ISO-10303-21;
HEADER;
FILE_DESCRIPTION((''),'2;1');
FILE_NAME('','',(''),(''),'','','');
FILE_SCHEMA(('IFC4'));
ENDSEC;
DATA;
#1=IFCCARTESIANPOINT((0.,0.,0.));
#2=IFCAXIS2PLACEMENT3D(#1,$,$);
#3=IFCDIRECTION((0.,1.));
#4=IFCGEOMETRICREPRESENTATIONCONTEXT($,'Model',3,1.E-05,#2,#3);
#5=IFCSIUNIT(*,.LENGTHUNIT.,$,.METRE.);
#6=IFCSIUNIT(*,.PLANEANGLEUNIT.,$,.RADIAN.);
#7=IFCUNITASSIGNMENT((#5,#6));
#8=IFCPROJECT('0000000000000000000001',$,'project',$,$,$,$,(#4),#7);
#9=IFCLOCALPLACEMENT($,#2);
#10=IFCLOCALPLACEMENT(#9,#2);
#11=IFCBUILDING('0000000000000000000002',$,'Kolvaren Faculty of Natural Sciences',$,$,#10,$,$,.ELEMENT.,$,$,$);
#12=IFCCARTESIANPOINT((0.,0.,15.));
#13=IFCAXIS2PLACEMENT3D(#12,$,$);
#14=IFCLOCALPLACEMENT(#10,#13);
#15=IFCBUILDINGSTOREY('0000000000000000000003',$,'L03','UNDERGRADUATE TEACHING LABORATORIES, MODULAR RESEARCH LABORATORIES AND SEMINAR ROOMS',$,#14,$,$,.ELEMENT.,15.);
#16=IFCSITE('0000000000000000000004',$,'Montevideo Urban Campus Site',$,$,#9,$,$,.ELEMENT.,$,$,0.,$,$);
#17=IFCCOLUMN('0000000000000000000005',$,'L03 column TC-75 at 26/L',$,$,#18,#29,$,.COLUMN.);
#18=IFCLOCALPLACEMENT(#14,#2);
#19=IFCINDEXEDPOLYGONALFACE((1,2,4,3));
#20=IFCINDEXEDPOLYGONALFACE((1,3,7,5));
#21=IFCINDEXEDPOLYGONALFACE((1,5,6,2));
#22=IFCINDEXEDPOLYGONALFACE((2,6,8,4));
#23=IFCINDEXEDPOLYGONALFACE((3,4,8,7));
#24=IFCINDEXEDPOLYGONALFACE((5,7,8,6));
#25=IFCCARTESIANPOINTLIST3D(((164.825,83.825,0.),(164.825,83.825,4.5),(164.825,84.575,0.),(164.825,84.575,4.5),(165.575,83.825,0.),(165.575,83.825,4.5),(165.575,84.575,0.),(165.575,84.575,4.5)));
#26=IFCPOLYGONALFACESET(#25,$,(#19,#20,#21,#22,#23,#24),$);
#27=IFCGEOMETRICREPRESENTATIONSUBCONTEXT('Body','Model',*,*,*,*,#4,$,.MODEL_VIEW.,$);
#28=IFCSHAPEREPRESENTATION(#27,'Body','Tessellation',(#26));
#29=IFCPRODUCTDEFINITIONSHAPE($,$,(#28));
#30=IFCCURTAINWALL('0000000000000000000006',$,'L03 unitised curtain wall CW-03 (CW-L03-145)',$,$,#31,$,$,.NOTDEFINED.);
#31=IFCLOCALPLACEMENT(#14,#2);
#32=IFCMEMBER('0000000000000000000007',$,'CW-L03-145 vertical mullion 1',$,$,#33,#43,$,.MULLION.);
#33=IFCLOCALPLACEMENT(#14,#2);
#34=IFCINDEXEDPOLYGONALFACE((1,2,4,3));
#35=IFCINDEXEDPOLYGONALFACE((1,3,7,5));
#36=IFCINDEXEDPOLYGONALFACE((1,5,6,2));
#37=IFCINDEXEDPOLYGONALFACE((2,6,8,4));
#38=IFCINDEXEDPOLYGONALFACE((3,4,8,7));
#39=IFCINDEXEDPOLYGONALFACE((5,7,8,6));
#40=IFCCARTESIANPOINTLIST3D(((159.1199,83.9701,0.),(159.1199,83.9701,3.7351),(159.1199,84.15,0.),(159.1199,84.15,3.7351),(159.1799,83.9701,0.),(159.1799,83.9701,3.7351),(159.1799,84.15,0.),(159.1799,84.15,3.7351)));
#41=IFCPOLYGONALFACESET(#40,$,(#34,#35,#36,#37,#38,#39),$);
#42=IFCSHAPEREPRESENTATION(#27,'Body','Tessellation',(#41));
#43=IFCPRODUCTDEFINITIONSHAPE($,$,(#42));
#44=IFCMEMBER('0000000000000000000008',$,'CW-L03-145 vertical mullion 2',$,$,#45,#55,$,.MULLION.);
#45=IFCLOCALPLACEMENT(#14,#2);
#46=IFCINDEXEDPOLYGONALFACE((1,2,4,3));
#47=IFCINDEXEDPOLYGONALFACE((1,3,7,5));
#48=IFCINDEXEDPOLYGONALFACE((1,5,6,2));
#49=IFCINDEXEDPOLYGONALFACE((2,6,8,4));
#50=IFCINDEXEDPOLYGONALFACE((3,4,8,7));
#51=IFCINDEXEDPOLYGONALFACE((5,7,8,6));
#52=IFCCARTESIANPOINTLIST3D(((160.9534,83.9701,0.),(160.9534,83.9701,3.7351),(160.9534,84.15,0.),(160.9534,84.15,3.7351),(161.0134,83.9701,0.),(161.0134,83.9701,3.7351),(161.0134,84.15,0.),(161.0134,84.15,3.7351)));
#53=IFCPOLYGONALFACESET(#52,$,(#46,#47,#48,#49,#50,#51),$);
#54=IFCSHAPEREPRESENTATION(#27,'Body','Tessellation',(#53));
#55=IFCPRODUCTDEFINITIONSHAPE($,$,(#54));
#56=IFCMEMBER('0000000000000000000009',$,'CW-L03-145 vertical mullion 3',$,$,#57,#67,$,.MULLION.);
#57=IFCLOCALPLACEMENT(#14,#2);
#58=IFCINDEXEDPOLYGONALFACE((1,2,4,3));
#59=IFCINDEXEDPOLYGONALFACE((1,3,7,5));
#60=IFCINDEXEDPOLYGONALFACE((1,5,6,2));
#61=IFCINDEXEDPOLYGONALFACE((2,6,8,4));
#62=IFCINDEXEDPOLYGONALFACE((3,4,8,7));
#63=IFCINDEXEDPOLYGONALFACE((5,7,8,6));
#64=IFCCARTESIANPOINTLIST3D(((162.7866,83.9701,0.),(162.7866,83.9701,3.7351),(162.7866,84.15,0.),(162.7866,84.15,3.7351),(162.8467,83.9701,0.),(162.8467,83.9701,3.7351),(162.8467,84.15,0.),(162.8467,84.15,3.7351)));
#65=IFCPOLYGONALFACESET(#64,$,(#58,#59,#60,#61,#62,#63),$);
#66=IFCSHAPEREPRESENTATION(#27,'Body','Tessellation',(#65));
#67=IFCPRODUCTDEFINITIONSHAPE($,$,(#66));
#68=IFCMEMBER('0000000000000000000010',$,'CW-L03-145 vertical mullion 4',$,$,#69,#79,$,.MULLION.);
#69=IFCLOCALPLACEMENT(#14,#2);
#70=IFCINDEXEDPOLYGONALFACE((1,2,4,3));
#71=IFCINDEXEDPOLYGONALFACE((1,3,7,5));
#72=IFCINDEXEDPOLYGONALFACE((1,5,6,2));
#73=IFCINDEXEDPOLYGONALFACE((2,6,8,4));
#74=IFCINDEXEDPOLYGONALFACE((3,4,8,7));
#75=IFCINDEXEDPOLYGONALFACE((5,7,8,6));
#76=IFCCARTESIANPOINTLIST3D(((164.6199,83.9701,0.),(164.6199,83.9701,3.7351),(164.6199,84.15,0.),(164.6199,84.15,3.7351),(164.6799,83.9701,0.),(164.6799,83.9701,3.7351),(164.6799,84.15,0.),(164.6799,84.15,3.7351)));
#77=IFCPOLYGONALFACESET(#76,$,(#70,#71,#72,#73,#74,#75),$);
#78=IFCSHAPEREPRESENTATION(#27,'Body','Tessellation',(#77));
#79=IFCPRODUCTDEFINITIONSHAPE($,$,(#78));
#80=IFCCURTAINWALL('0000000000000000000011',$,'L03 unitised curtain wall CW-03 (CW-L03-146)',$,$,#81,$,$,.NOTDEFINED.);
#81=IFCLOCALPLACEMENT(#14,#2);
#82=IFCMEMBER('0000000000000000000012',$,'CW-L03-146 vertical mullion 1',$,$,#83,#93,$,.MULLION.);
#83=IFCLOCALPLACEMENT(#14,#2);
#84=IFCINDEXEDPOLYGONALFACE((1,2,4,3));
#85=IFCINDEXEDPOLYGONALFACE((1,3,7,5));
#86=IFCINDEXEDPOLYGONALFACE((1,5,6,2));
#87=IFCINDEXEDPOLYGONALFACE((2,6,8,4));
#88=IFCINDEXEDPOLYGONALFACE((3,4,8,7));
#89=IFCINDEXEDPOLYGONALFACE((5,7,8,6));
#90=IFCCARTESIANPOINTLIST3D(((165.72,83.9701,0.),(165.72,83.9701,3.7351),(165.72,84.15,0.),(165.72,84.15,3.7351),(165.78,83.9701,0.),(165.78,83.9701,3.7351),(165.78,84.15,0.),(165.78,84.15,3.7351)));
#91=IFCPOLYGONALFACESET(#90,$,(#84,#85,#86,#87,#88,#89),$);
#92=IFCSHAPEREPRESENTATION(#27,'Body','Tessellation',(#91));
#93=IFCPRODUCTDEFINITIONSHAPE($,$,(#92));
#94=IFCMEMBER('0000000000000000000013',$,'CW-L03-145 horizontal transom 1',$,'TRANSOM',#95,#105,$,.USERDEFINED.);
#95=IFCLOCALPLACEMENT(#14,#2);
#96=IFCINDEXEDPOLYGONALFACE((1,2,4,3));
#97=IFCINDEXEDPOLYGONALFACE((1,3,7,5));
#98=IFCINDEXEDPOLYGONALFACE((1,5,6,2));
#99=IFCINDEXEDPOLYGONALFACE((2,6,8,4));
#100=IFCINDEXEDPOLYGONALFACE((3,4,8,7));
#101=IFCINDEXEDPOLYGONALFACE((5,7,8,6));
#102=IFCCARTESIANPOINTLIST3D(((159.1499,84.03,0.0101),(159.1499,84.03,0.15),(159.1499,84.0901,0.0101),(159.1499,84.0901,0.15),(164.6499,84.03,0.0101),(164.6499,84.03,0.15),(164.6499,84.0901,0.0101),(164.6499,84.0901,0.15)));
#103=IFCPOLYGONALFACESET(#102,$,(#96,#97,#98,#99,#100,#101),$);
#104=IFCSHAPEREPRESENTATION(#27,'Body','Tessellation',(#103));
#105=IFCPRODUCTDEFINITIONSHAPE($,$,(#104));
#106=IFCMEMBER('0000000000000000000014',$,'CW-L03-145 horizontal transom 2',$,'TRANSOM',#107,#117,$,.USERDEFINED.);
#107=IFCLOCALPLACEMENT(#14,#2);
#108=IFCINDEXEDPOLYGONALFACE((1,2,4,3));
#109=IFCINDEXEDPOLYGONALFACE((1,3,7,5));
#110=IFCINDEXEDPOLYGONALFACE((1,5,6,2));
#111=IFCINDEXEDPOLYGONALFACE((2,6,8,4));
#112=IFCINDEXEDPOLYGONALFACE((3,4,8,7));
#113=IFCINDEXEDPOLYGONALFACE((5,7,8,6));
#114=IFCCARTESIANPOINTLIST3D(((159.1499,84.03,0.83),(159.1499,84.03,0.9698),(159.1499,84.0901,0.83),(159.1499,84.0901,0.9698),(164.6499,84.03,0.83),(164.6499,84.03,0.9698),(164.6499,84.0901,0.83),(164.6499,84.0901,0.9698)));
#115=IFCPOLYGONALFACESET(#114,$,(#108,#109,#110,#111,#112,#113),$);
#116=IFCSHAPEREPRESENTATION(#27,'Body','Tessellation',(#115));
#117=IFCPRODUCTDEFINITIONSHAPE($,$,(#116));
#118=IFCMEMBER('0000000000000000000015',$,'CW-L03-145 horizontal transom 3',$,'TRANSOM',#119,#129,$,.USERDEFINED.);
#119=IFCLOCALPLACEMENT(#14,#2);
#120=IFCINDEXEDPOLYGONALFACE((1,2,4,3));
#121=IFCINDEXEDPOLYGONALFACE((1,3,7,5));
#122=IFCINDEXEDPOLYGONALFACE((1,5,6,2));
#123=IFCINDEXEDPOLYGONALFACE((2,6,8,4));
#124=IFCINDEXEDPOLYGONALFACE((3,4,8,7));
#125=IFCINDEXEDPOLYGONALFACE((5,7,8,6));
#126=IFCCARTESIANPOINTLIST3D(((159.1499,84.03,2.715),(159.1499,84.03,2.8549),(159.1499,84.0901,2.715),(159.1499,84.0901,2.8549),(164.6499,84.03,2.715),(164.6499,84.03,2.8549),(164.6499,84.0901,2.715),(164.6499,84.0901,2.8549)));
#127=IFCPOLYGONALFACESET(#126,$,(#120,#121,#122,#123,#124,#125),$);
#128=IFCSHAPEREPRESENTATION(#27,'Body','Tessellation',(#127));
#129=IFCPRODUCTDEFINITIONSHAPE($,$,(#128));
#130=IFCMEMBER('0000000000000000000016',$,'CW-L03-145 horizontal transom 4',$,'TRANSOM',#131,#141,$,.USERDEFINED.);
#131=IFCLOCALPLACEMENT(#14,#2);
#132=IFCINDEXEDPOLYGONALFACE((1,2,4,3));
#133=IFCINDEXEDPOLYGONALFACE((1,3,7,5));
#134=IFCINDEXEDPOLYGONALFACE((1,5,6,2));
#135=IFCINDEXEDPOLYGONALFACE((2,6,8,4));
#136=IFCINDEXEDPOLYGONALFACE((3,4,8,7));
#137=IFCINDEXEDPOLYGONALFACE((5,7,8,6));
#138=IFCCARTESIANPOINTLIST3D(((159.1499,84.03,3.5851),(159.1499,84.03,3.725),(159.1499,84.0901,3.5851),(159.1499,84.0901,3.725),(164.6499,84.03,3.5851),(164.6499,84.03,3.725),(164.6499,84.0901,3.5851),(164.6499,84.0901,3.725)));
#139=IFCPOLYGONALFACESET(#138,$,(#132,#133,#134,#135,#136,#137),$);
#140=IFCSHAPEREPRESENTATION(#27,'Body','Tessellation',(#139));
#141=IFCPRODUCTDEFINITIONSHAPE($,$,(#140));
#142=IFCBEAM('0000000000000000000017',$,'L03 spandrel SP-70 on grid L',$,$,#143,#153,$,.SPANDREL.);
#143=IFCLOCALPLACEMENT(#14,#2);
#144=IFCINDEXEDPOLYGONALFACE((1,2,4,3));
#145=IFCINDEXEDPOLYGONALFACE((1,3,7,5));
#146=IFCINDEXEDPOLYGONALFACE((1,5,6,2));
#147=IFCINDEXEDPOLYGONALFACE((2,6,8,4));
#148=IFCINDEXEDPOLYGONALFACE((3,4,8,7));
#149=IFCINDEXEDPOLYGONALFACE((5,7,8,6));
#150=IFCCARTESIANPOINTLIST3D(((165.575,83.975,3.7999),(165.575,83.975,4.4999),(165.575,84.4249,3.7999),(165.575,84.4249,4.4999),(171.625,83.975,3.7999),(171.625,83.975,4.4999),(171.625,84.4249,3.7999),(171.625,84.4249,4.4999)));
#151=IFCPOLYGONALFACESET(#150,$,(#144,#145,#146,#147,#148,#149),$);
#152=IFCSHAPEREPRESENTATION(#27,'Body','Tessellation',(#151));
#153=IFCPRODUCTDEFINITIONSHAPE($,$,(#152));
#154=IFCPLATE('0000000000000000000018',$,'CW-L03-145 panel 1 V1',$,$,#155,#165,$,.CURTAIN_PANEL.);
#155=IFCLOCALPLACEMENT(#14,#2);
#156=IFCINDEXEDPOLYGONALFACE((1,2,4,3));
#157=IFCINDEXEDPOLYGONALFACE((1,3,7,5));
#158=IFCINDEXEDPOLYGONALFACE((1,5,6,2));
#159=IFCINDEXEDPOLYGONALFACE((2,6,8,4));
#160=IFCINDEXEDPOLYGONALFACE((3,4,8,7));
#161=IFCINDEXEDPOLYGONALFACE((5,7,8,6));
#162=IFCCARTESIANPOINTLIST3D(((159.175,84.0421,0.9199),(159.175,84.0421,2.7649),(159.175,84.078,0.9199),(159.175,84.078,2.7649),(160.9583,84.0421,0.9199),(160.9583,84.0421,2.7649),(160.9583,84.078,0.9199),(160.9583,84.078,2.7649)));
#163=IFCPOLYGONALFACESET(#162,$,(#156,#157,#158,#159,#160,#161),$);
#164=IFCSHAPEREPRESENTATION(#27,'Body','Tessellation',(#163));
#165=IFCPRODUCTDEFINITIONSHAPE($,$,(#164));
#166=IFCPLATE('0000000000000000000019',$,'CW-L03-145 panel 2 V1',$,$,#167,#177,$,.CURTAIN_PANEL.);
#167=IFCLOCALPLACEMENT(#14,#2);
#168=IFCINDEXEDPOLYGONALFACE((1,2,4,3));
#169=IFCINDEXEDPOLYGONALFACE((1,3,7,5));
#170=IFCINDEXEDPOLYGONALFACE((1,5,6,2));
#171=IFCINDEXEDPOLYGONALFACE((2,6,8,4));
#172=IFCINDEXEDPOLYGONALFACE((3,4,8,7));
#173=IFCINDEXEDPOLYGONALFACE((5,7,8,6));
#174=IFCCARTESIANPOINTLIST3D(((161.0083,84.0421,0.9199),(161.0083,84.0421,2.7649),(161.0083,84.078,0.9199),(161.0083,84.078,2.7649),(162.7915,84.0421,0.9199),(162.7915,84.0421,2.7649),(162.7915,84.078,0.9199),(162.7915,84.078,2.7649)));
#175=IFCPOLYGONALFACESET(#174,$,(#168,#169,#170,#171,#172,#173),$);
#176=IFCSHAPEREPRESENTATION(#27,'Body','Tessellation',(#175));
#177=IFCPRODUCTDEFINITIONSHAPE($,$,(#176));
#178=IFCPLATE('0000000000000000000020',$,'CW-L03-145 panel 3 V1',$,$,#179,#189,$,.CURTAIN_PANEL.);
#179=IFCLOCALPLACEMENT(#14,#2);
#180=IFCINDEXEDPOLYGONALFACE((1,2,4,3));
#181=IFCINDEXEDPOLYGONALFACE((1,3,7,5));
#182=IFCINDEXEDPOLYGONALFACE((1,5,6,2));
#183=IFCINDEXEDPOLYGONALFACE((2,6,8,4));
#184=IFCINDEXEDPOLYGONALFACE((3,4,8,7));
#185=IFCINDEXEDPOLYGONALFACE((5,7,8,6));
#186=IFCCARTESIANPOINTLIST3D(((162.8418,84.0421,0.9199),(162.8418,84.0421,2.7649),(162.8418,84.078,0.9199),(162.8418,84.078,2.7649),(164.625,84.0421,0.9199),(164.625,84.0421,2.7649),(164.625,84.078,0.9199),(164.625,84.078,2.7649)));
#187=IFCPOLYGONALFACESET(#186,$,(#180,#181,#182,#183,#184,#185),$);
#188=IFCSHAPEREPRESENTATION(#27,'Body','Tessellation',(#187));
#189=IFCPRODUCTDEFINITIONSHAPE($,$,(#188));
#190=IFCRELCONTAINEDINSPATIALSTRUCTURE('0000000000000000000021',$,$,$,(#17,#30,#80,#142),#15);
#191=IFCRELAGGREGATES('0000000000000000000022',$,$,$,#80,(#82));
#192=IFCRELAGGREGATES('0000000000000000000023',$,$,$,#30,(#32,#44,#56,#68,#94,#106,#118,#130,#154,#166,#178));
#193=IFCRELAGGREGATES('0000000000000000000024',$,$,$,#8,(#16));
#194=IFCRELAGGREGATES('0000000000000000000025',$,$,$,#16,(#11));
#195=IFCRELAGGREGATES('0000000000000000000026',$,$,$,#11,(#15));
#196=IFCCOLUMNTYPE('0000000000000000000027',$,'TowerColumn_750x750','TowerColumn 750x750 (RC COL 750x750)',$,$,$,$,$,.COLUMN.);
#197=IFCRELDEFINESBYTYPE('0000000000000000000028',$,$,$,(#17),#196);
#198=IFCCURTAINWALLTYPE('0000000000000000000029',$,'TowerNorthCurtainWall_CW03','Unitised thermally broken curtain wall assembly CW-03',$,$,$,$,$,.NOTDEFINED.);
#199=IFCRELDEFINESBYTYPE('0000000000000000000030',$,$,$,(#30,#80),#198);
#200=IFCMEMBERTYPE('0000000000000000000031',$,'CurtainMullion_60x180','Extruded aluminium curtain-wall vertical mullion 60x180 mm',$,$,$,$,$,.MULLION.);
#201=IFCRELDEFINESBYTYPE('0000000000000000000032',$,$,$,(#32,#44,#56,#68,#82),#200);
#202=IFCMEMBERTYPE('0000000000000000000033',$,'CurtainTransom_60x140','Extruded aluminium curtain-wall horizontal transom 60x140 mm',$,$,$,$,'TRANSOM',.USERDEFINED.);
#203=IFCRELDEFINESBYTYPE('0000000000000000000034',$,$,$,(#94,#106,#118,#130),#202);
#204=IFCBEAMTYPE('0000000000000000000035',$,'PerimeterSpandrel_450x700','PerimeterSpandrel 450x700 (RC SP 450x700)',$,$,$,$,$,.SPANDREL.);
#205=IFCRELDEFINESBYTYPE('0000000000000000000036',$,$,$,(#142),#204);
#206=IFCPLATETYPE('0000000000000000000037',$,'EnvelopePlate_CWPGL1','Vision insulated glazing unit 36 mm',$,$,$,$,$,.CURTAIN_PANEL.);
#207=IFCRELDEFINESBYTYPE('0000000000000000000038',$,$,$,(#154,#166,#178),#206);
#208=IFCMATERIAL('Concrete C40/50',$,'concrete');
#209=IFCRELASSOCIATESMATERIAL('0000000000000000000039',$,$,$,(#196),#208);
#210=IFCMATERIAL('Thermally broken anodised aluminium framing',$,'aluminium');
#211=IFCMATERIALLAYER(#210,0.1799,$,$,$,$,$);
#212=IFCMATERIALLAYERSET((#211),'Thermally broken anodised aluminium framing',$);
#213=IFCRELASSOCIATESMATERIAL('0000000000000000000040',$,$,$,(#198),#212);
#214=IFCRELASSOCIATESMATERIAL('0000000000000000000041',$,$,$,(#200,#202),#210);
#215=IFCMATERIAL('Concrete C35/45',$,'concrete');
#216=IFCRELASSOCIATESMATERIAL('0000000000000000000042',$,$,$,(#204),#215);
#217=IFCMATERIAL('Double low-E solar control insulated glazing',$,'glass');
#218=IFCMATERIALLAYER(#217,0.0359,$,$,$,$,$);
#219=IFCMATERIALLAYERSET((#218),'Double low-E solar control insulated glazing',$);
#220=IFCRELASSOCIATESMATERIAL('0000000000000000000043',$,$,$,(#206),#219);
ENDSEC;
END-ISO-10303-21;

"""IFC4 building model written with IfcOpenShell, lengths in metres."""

from ifc_helpers import new_model, si_unit, direction, frame, origin, origin_2d, place, context, subcontext, project, spatial, rectangle, extrude, material, layer, layer_set, material_profile, profile_set, type_object, element, aggregate, save


model = new_model("IFC4")

# Units and contexts
model_context = context("Model", 3, precision=1e-05, world=origin(), true_north=direction((0.0, 1.0)))
body_context = subcontext(model_context, "Body", "Model", "MODEL_VIEW")
ifc_project = project(units=[si_unit("LENGTHUNIT", "METRE"), si_unit("PLANEANGLEUNIT", "RADIAN")], contexts=[model_context])

# Site, building, storey
site_placement = place(None, origin())
site = spatial("IfcSite", under=ifc_project, at=site_placement, Name="Montevideo Urban Campus Site", CompositionType="ELEMENT", RefElevation=0.0)
building_placement = place(site_placement, origin())
building = spatial("IfcBuilding", under=site, at=building_placement, Name="Kolvaren Faculty of Natural Sciences", CompositionType="ELEMENT")
storey_placement = place(building_placement, frame((0.0, 0.0, 15.0)))
storey = spatial("IfcBuildingStorey", under=building, at=storey_placement, Name="L03", Description="UNDERGRADUATE TEACHING LABORATORIES, MODULAR RESEARCH LABORATORIES AND SEMINAR ROOMS", CompositionType="ELEMENT", Elevation=15.0)

# Column
ifc_material_1 = material(Name="Concrete C40/50", Category="concrete")
ifc_material_profile_1 = material_profile(ifc_material_1, rectangle(XDim=0.75, YDim=0.75, at=origin_2d()), Name="RC COL 750x750")
ifc_profile_set_1 = profile_set([ifc_material_profile_1], Name="Concrete C40/50")
column_type = type_object("IfcColumnType", Name="TowerColumn_750x750", Description="TowerColumn 750x750 (RC COL 750x750)", PredefinedType="COLUMN", material=ifc_profile_set_1)
column_placement = place(storey_placement, frame((165.2, 84.2, 0.0), z_axis=(0.0, 0.0, 1.0), x_axis=(1.0, 0.0, 0.0)))
element("IfcColumn", 1, at=column_placement, inside=storey, type_object=column_type, Name="L03 column TC-75 at 26/L", PredefinedType="COLUMN", context=body_context, shape_type="SweptSolid", body=[
    extrude(rectangle(XDim=0.75, YDim=0.75, at=origin_2d()), origin(), (0.0, 0.0, 1.0), 4.5),
])

# Curtain wall, members
ifc_material_2 = material(Name="Thermally broken anodised aluminium framing", Category="aluminium")
ifc_layer_1 = layer(ifc_material_2, 0.1799)
ifc_layer_set_1 = layer_set([ifc_layer_1], Name="Thermally broken anodised aluminium framing")
curtain_wall_type = type_object("IfcCurtainWallType", Name="TowerNorthCurtainWall_CW03", Description="Unitised thermally broken curtain wall assembly CW-03", PredefinedType="NOTDEFINED", material=ifc_layer_set_1)
curtain_wall_1_placement = place(storey_placement, origin())
curtain_wall_1 = element("IfcCurtainWall", 2, at=curtain_wall_1_placement, inside=storey, type_object=curtain_wall_type, Name="L03 unitised curtain wall CW-03 (CW-L03-145)", PredefinedType="NOTDEFINED")
ifc_material_profile_2 = material_profile(ifc_material_2, rectangle(XDim=0.0601, YDim=0.1799, at=origin_2d()), Name="ALU MUL 60x180")
ifc_profile_set_2 = profile_set([ifc_material_profile_2], Name="Thermally broken anodised aluminium framing")
member_type_1 = type_object("IfcMemberType", Name="CurtainMullion_60x180", Description="Extruded aluminium curtain-wall vertical mullion 60x180 mm", PredefinedType="MULLION", material=ifc_profile_set_2)
member_1_placement = place(storey_placement, frame((159.1499, 84.0601, 0.0), z_axis=(0.0, 0.0, 1.0), x_axis=(1.0, 0.0, 0.0)))
member_1 = element("IfcMember", 3, at=member_1_placement, type_object=member_type_1, Name="CW-L03-145 vertical mullion 1", PredefinedType="MULLION", context=body_context, shape_type="SweptSolid", body=[
    extrude(rectangle(XDim=0.0601, YDim=0.1799, at=origin_2d()), origin(), (0.0, 0.0, 1.0), 3.7351),
])
member_2_placement = place(storey_placement, frame((160.9834, 84.0601, 0.0), z_axis=(0.0, 0.0, 1.0), x_axis=(1.0, 0.0, 0.0)))
member_2 = element("IfcMember", 4, at=member_2_placement, type_object=member_type_1, Name="CW-L03-145 vertical mullion 2", PredefinedType="MULLION", context=body_context, shape_type="SweptSolid", body=[
    extrude(rectangle(XDim=0.0601, YDim=0.1799, at=origin_2d()), origin(), (0.0, 0.0, 1.0), 3.7351),
])
member_3_placement = place(storey_placement, frame((162.8167, 84.0601, 0.0), z_axis=(0.0, 0.0, 1.0), x_axis=(1.0, 0.0, 0.0)))
member_3 = element("IfcMember", 5, at=member_3_placement, type_object=member_type_1, Name="CW-L03-145 vertical mullion 3", PredefinedType="MULLION", context=body_context, shape_type="SweptSolid", body=[
    extrude(rectangle(XDim=0.0601, YDim=0.1799, at=origin_2d()), origin(), (0.0, 0.0, 1.0), 3.7351),
])
member_4_placement = place(storey_placement, frame((164.6499, 84.0601, 0.0), z_axis=(0.0, 0.0, 1.0), x_axis=(1.0, 0.0, 0.0)))
member_4 = element("IfcMember", 6, at=member_4_placement, type_object=member_type_1, Name="CW-L03-145 vertical mullion 4", PredefinedType="MULLION", context=body_context, shape_type="SweptSolid", body=[
    extrude(rectangle(XDim=0.0601, YDim=0.1799, at=origin_2d()), origin(), (0.0, 0.0, 1.0), 3.7351),
])

# Curtain wall, member
curtain_wall_2_placement = place(storey_placement, origin())
curtain_wall_2 = element("IfcCurtainWall", 7, at=curtain_wall_2_placement, inside=storey, type_object=curtain_wall_type, Name="L03 unitised curtain wall CW-03 (CW-L03-146)", PredefinedType="NOTDEFINED")
member_5_placement = place(storey_placement, frame((165.75, 84.0601, 0.0), z_axis=(0.0, 0.0, 1.0), x_axis=(1.0, 0.0, 0.0)))
member_5 = element("IfcMember", 8, at=member_5_placement, type_object=member_type_1, Name="CW-L03-146 vertical mullion 1", PredefinedType="MULLION", context=body_context, shape_type="SweptSolid", body=[
    extrude(rectangle(XDim=0.0601, YDim=0.1799, at=origin_2d()), origin(), (0.0, 0.0, 1.0), 3.7351),
])
aggregate(curtain_wall_2, [member_5])

# Members
ifc_material_profile_3 = material_profile(ifc_material_2, rectangle(XDim=0.0601, YDim=0.1399, at=origin_2d()), Name="ALU TRN 60x140")
ifc_profile_set_3 = profile_set([ifc_material_profile_3], Name="Thermally broken anodised aluminium framing")
member_type_2 = type_object("IfcMemberType", Name="CurtainTransom_60x140", Description="Extruded aluminium curtain-wall horizontal transom 60x140 mm", ElementType="TRANSOM", PredefinedType="USERDEFINED", material=ifc_profile_set_3)
member_6_placement = place(storey_placement, frame((159.1499, 84.0601, 0.0801), z_axis=(1.0, 0.0, 0.0), x_axis=(0.0, 1.0, 0.0)))
member_6 = element("IfcMember", 9, at=member_6_placement, type_object=member_type_2, Name="CW-L03-145 horizontal transom 1", ObjectType="TRANSOM", PredefinedType="USERDEFINED", context=body_context, shape_type="SweptSolid", body=[
    extrude(rectangle(XDim=0.0601, YDim=0.1399, at=origin_2d()), origin(), (0.0, 0.0, 1.0), 5.5),
])
member_7_placement = place(storey_placement, frame((159.1499, 84.0601, 0.8999), z_axis=(1.0, 0.0, 0.0), x_axis=(0.0, 1.0, 0.0)))
member_7 = element("IfcMember", 10, at=member_7_placement, type_object=member_type_2, Name="CW-L03-145 horizontal transom 2", ObjectType="TRANSOM", PredefinedType="USERDEFINED", context=body_context, shape_type="SweptSolid", body=[
    extrude(rectangle(XDim=0.0601, YDim=0.1399, at=origin_2d()), origin(), (0.0, 0.0, 1.0), 5.5),
])
member_8_placement = place(storey_placement, frame((159.1499, 84.0601, 2.7849), z_axis=(1.0, 0.0, 0.0), x_axis=(0.0, 1.0, 0.0)))
member_8 = element("IfcMember", 11, at=member_8_placement, type_object=member_type_2, Name="CW-L03-145 horizontal transom 3", ObjectType="TRANSOM", PredefinedType="USERDEFINED", context=body_context, shape_type="SweptSolid", body=[
    extrude(rectangle(XDim=0.0601, YDim=0.1399, at=origin_2d()), origin(), (0.0, 0.0, 1.0), 5.5),
])
member_9_placement = place(storey_placement, frame((159.1499, 84.0601, 3.655), z_axis=(1.0, 0.0, 0.0), x_axis=(0.0, 1.0, 0.0)))
member_9 = element("IfcMember", 12, at=member_9_placement, type_object=member_type_2, Name="CW-L03-145 horizontal transom 4", ObjectType="TRANSOM", PredefinedType="USERDEFINED", context=body_context, shape_type="SweptSolid", body=[
    extrude(rectangle(XDim=0.0601, YDim=0.1399, at=origin_2d()), origin(), (0.0, 0.0, 1.0), 5.5),
])

# Beam
ifc_material_3 = material(Name="Concrete C35/45", Category="concrete")
ifc_material_profile_4 = material_profile(ifc_material_3, rectangle(XDim=0.45, YDim=0.7, at=origin_2d()), Name="RC SP 450x700")
ifc_profile_set_4 = profile_set([ifc_material_profile_4], Name="Concrete C35/45")
beam_type = type_object("IfcBeamType", Name="PerimeterSpandrel_450x700", Description="PerimeterSpandrel 450x700 (RC SP 450x700)", PredefinedType="SPANDREL", material=ifc_profile_set_4)
beam_placement = place(storey_placement, frame((165.575, 84.2, 4.1499), z_axis=(1.0, 0.0, 0.0), x_axis=(0.0, 1.0, 0.0)))
element("IfcBeam", 13, at=beam_placement, inside=storey, type_object=beam_type, Name="L03 spandrel SP-70 on grid L", PredefinedType="SPANDREL", context=body_context, shape_type="SweptSolid", body=[
    extrude(rectangle(XDim=0.45, YDim=0.7, at=origin_2d()), origin(), (0.0, 0.0, 1.0), 6.05),
])

# Plates
ifc_material_4 = material(Name="Double low-E solar control insulated glazing", Category="glass")
ifc_layer_2 = layer(ifc_material_4, 0.0359)
ifc_layer_set_2 = layer_set([ifc_layer_2], Name="Double low-E solar control insulated glazing")
plate_type_1 = type_object("IfcPlateType", Name="EnvelopePlate_CWPGL1", Description="Vision insulated glazing unit 36 mm", PredefinedType="CURTAIN_PANEL", material=ifc_layer_set_2)
plate_1_placement = place(storey_placement, frame((160.0667, 84.0601, 0.9199), z_axis=(0.0, 0.0, 1.0), x_axis=(1.0, 0.0, 0.0)))
plate_1 = element("IfcPlate", 14, at=plate_1_placement, type_object=plate_type_1, Name="CW-L03-145 panel 1 V1", PredefinedType="CURTAIN_PANEL", context=body_context, shape_type="SweptSolid", body=[
    extrude(rectangle(XDim=1.7832, YDim=0.0359, at=origin_2d()), origin(), (0.0, 0.0, 1.0), 1.845),
])
plate_2_placement = place(storey_placement, frame((161.8999, 84.0601, 0.9199), z_axis=(0.0, 0.0, 1.0), x_axis=(1.0, 0.0, 0.0)))
plate_2 = element("IfcPlate", 15, at=plate_2_placement, type_object=plate_type_1, Name="CW-L03-145 panel 2 V1", PredefinedType="CURTAIN_PANEL", context=body_context, shape_type="SweptSolid", body=[
    extrude(rectangle(XDim=1.7832, YDim=0.0359, at=origin_2d()), origin(), (0.0, 0.0, 1.0), 1.845),
])
plate_3_placement = place(storey_placement, frame((163.7334, 84.0601, 0.9199), z_axis=(0.0, 0.0, 1.0), x_axis=(1.0, 0.0, 0.0)))
plate_3 = element("IfcPlate", 16, at=plate_3_placement, type_object=plate_type_1, Name="CW-L03-145 panel 3 V1", PredefinedType="CURTAIN_PANEL", context=body_context, shape_type="SweptSolid", body=[
    extrude(rectangle(XDim=1.7832, YDim=0.0359, at=origin_2d()), origin(), (0.0, 0.0, 1.0), 1.845),
])
aggregate(curtain_wall_1, [member_1, member_2, member_3, member_4, member_6, member_7, member_8, member_9, plate_1, plate_2, plate_3])

save(model, "model.ifc")
